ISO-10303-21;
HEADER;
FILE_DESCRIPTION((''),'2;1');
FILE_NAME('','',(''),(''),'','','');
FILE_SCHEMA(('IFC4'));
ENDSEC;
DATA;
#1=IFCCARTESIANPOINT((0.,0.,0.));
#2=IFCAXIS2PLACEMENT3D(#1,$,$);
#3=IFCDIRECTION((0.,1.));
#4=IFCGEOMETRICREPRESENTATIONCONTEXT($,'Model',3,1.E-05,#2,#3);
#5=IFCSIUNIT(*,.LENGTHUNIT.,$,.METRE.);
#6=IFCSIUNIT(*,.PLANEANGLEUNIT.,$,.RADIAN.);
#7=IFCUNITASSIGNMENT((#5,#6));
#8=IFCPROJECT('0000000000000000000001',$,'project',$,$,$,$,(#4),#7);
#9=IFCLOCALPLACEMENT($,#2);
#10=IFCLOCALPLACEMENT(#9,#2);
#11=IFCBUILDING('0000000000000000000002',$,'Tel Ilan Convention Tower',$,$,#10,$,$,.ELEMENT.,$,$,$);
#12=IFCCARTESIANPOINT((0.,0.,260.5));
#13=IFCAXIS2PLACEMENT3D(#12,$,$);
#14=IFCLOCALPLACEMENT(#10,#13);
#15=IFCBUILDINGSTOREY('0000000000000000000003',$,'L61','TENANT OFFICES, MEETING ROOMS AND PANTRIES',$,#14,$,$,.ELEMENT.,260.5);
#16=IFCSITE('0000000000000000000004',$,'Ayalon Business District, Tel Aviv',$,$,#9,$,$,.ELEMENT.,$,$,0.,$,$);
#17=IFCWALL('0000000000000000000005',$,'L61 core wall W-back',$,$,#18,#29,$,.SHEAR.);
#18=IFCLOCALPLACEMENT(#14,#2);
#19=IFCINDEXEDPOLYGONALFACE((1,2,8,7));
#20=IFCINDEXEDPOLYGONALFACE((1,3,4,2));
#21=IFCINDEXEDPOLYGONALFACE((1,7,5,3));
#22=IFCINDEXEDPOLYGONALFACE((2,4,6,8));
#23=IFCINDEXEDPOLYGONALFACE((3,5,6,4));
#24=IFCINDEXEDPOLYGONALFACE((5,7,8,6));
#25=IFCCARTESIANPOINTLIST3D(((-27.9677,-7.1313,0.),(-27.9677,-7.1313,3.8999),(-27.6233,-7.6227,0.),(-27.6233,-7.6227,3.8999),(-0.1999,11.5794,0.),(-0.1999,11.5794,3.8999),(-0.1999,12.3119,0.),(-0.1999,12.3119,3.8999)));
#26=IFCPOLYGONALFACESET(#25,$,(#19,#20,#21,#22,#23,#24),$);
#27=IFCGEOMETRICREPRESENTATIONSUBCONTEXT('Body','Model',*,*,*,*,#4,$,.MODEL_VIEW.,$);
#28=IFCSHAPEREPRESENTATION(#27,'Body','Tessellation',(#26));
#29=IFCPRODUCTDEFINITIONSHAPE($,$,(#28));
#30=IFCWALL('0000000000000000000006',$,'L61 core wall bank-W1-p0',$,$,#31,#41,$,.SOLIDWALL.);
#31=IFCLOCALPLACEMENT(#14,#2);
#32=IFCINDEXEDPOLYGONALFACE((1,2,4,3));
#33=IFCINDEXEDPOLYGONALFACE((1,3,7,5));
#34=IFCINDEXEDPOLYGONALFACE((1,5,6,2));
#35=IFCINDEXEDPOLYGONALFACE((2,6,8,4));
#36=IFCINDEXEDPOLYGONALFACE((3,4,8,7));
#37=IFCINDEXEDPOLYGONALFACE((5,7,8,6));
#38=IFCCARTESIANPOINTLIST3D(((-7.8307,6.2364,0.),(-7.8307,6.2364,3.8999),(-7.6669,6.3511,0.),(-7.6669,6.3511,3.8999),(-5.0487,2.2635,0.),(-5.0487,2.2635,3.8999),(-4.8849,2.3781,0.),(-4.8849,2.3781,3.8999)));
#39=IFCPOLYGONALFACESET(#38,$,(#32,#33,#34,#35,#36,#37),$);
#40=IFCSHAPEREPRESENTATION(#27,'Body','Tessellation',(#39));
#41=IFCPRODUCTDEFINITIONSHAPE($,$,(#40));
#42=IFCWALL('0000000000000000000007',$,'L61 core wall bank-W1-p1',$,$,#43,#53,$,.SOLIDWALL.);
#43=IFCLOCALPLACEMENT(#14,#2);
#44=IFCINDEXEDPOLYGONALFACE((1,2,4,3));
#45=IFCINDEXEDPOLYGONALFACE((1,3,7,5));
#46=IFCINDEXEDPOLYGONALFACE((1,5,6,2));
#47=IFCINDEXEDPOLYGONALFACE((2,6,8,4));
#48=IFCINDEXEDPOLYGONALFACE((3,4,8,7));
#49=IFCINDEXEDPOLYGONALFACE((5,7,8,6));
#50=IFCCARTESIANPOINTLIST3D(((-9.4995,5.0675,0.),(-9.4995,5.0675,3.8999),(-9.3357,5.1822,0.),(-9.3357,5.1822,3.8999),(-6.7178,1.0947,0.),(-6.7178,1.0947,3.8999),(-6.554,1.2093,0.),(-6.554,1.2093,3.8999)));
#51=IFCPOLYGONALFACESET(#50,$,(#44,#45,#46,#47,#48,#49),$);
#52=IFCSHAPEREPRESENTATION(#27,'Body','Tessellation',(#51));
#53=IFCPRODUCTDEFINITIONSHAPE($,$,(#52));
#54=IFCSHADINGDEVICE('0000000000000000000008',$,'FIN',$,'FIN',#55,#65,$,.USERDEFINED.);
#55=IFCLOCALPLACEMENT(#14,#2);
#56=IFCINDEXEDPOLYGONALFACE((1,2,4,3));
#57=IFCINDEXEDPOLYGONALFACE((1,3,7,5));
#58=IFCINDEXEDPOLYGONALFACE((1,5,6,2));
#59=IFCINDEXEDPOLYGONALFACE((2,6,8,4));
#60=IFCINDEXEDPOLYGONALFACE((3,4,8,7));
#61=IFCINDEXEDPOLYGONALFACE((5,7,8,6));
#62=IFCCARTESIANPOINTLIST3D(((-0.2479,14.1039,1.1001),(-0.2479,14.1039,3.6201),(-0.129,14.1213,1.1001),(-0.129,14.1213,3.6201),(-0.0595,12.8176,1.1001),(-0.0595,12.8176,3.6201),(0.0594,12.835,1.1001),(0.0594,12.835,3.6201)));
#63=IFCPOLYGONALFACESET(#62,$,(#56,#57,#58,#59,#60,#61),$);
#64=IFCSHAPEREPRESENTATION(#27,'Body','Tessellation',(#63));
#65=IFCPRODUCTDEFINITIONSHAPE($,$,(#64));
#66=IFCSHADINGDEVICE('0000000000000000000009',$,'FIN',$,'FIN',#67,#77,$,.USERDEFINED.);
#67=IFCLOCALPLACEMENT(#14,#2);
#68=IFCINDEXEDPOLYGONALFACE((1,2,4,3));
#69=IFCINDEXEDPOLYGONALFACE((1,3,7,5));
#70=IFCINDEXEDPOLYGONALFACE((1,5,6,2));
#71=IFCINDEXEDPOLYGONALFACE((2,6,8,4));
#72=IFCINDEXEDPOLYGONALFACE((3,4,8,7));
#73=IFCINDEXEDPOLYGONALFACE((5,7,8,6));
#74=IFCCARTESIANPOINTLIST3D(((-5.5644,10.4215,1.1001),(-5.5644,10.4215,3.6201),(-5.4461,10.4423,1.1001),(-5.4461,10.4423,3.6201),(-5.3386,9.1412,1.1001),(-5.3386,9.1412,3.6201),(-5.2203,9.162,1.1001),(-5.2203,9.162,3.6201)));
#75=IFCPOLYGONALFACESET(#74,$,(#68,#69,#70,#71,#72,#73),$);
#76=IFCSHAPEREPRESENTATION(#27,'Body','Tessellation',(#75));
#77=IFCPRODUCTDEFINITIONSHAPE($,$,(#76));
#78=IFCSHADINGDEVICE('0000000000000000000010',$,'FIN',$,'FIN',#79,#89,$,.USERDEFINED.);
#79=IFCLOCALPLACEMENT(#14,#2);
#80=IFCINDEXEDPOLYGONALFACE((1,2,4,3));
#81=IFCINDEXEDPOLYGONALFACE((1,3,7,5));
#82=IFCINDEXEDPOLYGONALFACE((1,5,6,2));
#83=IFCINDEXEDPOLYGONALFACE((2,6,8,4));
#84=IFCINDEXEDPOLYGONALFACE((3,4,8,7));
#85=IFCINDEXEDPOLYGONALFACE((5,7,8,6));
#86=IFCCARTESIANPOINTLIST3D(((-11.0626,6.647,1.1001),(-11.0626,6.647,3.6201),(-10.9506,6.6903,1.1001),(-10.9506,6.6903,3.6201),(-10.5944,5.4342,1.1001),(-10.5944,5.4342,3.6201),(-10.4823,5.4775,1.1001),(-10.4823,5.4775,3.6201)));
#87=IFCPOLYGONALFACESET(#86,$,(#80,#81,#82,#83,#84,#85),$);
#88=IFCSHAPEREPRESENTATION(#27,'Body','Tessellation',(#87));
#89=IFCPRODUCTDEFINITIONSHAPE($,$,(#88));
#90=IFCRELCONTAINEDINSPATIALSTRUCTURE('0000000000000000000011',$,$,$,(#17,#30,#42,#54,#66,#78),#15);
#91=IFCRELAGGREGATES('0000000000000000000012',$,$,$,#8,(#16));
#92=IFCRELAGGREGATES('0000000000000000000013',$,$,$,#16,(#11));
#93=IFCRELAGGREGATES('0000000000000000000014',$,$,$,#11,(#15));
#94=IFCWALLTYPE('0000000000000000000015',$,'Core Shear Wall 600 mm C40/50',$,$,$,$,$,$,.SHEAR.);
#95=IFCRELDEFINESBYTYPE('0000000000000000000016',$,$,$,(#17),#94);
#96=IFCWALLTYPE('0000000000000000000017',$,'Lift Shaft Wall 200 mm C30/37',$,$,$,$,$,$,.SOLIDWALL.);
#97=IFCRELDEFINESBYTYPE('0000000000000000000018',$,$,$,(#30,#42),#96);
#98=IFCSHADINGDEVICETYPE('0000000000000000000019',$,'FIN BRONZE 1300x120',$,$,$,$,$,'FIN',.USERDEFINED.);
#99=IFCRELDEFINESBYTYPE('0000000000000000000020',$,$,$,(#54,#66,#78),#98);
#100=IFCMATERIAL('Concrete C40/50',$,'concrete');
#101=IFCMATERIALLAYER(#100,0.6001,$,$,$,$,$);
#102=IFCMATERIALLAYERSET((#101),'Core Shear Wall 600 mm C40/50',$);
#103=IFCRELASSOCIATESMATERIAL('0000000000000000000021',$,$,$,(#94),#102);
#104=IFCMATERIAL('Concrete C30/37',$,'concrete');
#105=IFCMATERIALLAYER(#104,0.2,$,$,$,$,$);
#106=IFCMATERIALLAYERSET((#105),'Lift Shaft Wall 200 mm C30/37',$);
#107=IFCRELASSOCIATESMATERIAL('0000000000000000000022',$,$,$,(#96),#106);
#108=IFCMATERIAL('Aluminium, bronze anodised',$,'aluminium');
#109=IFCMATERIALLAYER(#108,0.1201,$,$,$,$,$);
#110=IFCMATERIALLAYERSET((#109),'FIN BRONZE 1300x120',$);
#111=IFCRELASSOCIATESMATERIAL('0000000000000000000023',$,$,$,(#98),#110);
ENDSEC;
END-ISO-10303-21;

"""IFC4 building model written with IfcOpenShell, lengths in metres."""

from ifc_helpers import new_model, si_unit, direction, frame, frame_2d, origin, origin_2d, place, context, subcontext, project, spatial, polyline, rectangle, outline, extrude, material, layer, layer_set, type_object, element, save


model = new_model("IFC4")

# Units and contexts
model_context = context("Model", 3, precision=1e-05, world=origin(), true_north=direction((0.0, 1.0)))
body_context = subcontext(model_context, "Body", "Model", "MODEL_VIEW")
ifc_project = project(units=[si_unit("LENGTHUNIT", "METRE"), si_unit("PLANEANGLEUNIT", "RADIAN")], contexts=[model_context])

# Site, building, storey
site_placement = place(None, origin())
site = spatial("IfcSite", under=ifc_project, at=site_placement, Name="Ayalon Business District, Tel Aviv", CompositionType="ELEMENT", RefElevation=0.0)
building_placement = place(site_placement, origin())
building = spatial("IfcBuilding", under=site, at=building_placement, Name="Tel Ilan Convention Tower", CompositionType="ELEMENT")
storey_placement = place(building_placement, frame((0.0, 0.0, 260.5)))
storey = spatial("IfcBuildingStorey", under=building, at=storey_placement, Name="L61", Description="TENANT OFFICES, MEETING ROOMS AND PANTRIES", CompositionType="ELEMENT", Elevation=260.5)

# Walls
ifc_material_1 = material(Name="Concrete C40/50", Category="concrete")
ifc_layer_1 = layer(ifc_material_1, 0.6001)
ifc_layer_set_1 = layer_set([ifc_layer_1], Name="Core Shear Wall 600 mm C40/50")
wall_type_1 = type_object("IfcWallType", Name="Core Shear Wall 600 mm C40/50", PredefinedType="SHEAR", material=ifc_layer_set_1)
wall_1_placement = place(storey_placement, frame((-0.0278, 12.0662, 0.0), z_axis=(0.0, 0.0, 1.0), x_axis=(-0.819151, -0.573577, 0.0)))
element("IfcWall", 1, at=wall_1_placement, inside=storey, type_object=wall_type_1, Name="L61 core wall W-back", PredefinedType="SHEAR", context=body_context, shape_type="SweptSolid", body=[
    extrude(outline(polyline([(33.8979, 0.3), (0.4202, 0.3), (0.0, -0.3), (33.8982, -0.3), (33.8979, 0.3)])), origin(), (0.0, 0.0, 1.0), 3.8999),
])
ifc_material_2 = material(Name="Concrete C30/37", Category="concrete")
ifc_layer_2 = layer(ifc_material_2, 0.2)
ifc_layer_set_2 = layer_set([ifc_layer_2], Name="Lift Shaft Wall 200 mm C30/37")
wall_type_2 = type_object("IfcWallType", Name="Lift Shaft Wall 200 mm C30/37", PredefinedType="SOLIDWALL", material=ifc_layer_set_2)
wall_2_placement = place(storey_placement, frame((-4.9668, 2.3208, 0.0), z_axis=(0.0, 0.0, 1.0), x_axis=(-0.573594, 0.81914, 0.0)))
element("IfcWall", 2, at=wall_2_placement, inside=storey, type_object=wall_type_2, Name="L61 core wall bank-W1-p0", PredefinedType="SOLIDWALL", context=body_context, shape_type="SweptSolid", body=[
    extrude(rectangle(XDim=4.8501, YDim=0.2, at=frame_2d((2.425, 0.0))), origin(), (0.0, 0.0, 1.0), 3.8999),
])
wall_3_placement = place(storey_placement, frame((-6.636, 1.1521, 0.0), z_axis=(0.0, 0.0, 1.0), x_axis=(-0.57356, 0.819163, 0.0)))
element("IfcWall", 3, at=wall_3_placement, inside=storey, type_object=wall_type_2, Name="L61 core wall bank-W1-p1", PredefinedType="SOLIDWALL", context=body_context, shape_type="SweptSolid", body=[
    extrude(rectangle(XDim=4.8499, YDim=0.2, at=frame_2d((2.4248, 0.0))), origin(), (0.0, 0.0, 1.0), 3.8999),
])

# Shading devices
ifc_material_3 = material(Name="Aluminium, bronze anodised", Category="aluminium")
ifc_layer_3 = layer(ifc_material_3, 0.1201)
ifc_layer_set_3 = layer_set([ifc_layer_3], Name="FIN BRONZE 1300x120")
shading_device_type = type_object("IfcShadingDeviceType", Name="FIN BRONZE 1300x120", ElementType="FIN", PredefinedType="USERDEFINED", material=ifc_layer_set_3)
for number, where, z_axis, x_axis, name in (
    (4, (-0.0942, 13.4695, 1.1001), (0.0, 0.0, 1.0), (-0.144932, 0.989442, 0.0), "FIN"),
    (5, (-5.3923, 9.7917, 1.1001), (0.0, 0.0, 1.0), (-0.173648, 0.984808, 0.0), "FIN"),
    (6, (-10.7725, 6.0623, 1.1001), (0.0, 0.0, 1.0), (-0.360178, 0.932884, 0.0), "FIN"),
):
    element("IfcShadingDevice", number, at=place(storey_placement, frame(where, z_axis=z_axis, x_axis=x_axis)), inside=storey, type_object=shading_device_type, Name=name, ObjectType="FIN", PredefinedType="USERDEFINED", context=body_context, shape_type="SweptSolid", body=[
        extrude(rectangle(XDim=1.3, YDim=0.1201, at=origin_2d()), origin(), (0.0, 0.0, 1.0), 2.52),
    ])

save(model, "model.ifc")
